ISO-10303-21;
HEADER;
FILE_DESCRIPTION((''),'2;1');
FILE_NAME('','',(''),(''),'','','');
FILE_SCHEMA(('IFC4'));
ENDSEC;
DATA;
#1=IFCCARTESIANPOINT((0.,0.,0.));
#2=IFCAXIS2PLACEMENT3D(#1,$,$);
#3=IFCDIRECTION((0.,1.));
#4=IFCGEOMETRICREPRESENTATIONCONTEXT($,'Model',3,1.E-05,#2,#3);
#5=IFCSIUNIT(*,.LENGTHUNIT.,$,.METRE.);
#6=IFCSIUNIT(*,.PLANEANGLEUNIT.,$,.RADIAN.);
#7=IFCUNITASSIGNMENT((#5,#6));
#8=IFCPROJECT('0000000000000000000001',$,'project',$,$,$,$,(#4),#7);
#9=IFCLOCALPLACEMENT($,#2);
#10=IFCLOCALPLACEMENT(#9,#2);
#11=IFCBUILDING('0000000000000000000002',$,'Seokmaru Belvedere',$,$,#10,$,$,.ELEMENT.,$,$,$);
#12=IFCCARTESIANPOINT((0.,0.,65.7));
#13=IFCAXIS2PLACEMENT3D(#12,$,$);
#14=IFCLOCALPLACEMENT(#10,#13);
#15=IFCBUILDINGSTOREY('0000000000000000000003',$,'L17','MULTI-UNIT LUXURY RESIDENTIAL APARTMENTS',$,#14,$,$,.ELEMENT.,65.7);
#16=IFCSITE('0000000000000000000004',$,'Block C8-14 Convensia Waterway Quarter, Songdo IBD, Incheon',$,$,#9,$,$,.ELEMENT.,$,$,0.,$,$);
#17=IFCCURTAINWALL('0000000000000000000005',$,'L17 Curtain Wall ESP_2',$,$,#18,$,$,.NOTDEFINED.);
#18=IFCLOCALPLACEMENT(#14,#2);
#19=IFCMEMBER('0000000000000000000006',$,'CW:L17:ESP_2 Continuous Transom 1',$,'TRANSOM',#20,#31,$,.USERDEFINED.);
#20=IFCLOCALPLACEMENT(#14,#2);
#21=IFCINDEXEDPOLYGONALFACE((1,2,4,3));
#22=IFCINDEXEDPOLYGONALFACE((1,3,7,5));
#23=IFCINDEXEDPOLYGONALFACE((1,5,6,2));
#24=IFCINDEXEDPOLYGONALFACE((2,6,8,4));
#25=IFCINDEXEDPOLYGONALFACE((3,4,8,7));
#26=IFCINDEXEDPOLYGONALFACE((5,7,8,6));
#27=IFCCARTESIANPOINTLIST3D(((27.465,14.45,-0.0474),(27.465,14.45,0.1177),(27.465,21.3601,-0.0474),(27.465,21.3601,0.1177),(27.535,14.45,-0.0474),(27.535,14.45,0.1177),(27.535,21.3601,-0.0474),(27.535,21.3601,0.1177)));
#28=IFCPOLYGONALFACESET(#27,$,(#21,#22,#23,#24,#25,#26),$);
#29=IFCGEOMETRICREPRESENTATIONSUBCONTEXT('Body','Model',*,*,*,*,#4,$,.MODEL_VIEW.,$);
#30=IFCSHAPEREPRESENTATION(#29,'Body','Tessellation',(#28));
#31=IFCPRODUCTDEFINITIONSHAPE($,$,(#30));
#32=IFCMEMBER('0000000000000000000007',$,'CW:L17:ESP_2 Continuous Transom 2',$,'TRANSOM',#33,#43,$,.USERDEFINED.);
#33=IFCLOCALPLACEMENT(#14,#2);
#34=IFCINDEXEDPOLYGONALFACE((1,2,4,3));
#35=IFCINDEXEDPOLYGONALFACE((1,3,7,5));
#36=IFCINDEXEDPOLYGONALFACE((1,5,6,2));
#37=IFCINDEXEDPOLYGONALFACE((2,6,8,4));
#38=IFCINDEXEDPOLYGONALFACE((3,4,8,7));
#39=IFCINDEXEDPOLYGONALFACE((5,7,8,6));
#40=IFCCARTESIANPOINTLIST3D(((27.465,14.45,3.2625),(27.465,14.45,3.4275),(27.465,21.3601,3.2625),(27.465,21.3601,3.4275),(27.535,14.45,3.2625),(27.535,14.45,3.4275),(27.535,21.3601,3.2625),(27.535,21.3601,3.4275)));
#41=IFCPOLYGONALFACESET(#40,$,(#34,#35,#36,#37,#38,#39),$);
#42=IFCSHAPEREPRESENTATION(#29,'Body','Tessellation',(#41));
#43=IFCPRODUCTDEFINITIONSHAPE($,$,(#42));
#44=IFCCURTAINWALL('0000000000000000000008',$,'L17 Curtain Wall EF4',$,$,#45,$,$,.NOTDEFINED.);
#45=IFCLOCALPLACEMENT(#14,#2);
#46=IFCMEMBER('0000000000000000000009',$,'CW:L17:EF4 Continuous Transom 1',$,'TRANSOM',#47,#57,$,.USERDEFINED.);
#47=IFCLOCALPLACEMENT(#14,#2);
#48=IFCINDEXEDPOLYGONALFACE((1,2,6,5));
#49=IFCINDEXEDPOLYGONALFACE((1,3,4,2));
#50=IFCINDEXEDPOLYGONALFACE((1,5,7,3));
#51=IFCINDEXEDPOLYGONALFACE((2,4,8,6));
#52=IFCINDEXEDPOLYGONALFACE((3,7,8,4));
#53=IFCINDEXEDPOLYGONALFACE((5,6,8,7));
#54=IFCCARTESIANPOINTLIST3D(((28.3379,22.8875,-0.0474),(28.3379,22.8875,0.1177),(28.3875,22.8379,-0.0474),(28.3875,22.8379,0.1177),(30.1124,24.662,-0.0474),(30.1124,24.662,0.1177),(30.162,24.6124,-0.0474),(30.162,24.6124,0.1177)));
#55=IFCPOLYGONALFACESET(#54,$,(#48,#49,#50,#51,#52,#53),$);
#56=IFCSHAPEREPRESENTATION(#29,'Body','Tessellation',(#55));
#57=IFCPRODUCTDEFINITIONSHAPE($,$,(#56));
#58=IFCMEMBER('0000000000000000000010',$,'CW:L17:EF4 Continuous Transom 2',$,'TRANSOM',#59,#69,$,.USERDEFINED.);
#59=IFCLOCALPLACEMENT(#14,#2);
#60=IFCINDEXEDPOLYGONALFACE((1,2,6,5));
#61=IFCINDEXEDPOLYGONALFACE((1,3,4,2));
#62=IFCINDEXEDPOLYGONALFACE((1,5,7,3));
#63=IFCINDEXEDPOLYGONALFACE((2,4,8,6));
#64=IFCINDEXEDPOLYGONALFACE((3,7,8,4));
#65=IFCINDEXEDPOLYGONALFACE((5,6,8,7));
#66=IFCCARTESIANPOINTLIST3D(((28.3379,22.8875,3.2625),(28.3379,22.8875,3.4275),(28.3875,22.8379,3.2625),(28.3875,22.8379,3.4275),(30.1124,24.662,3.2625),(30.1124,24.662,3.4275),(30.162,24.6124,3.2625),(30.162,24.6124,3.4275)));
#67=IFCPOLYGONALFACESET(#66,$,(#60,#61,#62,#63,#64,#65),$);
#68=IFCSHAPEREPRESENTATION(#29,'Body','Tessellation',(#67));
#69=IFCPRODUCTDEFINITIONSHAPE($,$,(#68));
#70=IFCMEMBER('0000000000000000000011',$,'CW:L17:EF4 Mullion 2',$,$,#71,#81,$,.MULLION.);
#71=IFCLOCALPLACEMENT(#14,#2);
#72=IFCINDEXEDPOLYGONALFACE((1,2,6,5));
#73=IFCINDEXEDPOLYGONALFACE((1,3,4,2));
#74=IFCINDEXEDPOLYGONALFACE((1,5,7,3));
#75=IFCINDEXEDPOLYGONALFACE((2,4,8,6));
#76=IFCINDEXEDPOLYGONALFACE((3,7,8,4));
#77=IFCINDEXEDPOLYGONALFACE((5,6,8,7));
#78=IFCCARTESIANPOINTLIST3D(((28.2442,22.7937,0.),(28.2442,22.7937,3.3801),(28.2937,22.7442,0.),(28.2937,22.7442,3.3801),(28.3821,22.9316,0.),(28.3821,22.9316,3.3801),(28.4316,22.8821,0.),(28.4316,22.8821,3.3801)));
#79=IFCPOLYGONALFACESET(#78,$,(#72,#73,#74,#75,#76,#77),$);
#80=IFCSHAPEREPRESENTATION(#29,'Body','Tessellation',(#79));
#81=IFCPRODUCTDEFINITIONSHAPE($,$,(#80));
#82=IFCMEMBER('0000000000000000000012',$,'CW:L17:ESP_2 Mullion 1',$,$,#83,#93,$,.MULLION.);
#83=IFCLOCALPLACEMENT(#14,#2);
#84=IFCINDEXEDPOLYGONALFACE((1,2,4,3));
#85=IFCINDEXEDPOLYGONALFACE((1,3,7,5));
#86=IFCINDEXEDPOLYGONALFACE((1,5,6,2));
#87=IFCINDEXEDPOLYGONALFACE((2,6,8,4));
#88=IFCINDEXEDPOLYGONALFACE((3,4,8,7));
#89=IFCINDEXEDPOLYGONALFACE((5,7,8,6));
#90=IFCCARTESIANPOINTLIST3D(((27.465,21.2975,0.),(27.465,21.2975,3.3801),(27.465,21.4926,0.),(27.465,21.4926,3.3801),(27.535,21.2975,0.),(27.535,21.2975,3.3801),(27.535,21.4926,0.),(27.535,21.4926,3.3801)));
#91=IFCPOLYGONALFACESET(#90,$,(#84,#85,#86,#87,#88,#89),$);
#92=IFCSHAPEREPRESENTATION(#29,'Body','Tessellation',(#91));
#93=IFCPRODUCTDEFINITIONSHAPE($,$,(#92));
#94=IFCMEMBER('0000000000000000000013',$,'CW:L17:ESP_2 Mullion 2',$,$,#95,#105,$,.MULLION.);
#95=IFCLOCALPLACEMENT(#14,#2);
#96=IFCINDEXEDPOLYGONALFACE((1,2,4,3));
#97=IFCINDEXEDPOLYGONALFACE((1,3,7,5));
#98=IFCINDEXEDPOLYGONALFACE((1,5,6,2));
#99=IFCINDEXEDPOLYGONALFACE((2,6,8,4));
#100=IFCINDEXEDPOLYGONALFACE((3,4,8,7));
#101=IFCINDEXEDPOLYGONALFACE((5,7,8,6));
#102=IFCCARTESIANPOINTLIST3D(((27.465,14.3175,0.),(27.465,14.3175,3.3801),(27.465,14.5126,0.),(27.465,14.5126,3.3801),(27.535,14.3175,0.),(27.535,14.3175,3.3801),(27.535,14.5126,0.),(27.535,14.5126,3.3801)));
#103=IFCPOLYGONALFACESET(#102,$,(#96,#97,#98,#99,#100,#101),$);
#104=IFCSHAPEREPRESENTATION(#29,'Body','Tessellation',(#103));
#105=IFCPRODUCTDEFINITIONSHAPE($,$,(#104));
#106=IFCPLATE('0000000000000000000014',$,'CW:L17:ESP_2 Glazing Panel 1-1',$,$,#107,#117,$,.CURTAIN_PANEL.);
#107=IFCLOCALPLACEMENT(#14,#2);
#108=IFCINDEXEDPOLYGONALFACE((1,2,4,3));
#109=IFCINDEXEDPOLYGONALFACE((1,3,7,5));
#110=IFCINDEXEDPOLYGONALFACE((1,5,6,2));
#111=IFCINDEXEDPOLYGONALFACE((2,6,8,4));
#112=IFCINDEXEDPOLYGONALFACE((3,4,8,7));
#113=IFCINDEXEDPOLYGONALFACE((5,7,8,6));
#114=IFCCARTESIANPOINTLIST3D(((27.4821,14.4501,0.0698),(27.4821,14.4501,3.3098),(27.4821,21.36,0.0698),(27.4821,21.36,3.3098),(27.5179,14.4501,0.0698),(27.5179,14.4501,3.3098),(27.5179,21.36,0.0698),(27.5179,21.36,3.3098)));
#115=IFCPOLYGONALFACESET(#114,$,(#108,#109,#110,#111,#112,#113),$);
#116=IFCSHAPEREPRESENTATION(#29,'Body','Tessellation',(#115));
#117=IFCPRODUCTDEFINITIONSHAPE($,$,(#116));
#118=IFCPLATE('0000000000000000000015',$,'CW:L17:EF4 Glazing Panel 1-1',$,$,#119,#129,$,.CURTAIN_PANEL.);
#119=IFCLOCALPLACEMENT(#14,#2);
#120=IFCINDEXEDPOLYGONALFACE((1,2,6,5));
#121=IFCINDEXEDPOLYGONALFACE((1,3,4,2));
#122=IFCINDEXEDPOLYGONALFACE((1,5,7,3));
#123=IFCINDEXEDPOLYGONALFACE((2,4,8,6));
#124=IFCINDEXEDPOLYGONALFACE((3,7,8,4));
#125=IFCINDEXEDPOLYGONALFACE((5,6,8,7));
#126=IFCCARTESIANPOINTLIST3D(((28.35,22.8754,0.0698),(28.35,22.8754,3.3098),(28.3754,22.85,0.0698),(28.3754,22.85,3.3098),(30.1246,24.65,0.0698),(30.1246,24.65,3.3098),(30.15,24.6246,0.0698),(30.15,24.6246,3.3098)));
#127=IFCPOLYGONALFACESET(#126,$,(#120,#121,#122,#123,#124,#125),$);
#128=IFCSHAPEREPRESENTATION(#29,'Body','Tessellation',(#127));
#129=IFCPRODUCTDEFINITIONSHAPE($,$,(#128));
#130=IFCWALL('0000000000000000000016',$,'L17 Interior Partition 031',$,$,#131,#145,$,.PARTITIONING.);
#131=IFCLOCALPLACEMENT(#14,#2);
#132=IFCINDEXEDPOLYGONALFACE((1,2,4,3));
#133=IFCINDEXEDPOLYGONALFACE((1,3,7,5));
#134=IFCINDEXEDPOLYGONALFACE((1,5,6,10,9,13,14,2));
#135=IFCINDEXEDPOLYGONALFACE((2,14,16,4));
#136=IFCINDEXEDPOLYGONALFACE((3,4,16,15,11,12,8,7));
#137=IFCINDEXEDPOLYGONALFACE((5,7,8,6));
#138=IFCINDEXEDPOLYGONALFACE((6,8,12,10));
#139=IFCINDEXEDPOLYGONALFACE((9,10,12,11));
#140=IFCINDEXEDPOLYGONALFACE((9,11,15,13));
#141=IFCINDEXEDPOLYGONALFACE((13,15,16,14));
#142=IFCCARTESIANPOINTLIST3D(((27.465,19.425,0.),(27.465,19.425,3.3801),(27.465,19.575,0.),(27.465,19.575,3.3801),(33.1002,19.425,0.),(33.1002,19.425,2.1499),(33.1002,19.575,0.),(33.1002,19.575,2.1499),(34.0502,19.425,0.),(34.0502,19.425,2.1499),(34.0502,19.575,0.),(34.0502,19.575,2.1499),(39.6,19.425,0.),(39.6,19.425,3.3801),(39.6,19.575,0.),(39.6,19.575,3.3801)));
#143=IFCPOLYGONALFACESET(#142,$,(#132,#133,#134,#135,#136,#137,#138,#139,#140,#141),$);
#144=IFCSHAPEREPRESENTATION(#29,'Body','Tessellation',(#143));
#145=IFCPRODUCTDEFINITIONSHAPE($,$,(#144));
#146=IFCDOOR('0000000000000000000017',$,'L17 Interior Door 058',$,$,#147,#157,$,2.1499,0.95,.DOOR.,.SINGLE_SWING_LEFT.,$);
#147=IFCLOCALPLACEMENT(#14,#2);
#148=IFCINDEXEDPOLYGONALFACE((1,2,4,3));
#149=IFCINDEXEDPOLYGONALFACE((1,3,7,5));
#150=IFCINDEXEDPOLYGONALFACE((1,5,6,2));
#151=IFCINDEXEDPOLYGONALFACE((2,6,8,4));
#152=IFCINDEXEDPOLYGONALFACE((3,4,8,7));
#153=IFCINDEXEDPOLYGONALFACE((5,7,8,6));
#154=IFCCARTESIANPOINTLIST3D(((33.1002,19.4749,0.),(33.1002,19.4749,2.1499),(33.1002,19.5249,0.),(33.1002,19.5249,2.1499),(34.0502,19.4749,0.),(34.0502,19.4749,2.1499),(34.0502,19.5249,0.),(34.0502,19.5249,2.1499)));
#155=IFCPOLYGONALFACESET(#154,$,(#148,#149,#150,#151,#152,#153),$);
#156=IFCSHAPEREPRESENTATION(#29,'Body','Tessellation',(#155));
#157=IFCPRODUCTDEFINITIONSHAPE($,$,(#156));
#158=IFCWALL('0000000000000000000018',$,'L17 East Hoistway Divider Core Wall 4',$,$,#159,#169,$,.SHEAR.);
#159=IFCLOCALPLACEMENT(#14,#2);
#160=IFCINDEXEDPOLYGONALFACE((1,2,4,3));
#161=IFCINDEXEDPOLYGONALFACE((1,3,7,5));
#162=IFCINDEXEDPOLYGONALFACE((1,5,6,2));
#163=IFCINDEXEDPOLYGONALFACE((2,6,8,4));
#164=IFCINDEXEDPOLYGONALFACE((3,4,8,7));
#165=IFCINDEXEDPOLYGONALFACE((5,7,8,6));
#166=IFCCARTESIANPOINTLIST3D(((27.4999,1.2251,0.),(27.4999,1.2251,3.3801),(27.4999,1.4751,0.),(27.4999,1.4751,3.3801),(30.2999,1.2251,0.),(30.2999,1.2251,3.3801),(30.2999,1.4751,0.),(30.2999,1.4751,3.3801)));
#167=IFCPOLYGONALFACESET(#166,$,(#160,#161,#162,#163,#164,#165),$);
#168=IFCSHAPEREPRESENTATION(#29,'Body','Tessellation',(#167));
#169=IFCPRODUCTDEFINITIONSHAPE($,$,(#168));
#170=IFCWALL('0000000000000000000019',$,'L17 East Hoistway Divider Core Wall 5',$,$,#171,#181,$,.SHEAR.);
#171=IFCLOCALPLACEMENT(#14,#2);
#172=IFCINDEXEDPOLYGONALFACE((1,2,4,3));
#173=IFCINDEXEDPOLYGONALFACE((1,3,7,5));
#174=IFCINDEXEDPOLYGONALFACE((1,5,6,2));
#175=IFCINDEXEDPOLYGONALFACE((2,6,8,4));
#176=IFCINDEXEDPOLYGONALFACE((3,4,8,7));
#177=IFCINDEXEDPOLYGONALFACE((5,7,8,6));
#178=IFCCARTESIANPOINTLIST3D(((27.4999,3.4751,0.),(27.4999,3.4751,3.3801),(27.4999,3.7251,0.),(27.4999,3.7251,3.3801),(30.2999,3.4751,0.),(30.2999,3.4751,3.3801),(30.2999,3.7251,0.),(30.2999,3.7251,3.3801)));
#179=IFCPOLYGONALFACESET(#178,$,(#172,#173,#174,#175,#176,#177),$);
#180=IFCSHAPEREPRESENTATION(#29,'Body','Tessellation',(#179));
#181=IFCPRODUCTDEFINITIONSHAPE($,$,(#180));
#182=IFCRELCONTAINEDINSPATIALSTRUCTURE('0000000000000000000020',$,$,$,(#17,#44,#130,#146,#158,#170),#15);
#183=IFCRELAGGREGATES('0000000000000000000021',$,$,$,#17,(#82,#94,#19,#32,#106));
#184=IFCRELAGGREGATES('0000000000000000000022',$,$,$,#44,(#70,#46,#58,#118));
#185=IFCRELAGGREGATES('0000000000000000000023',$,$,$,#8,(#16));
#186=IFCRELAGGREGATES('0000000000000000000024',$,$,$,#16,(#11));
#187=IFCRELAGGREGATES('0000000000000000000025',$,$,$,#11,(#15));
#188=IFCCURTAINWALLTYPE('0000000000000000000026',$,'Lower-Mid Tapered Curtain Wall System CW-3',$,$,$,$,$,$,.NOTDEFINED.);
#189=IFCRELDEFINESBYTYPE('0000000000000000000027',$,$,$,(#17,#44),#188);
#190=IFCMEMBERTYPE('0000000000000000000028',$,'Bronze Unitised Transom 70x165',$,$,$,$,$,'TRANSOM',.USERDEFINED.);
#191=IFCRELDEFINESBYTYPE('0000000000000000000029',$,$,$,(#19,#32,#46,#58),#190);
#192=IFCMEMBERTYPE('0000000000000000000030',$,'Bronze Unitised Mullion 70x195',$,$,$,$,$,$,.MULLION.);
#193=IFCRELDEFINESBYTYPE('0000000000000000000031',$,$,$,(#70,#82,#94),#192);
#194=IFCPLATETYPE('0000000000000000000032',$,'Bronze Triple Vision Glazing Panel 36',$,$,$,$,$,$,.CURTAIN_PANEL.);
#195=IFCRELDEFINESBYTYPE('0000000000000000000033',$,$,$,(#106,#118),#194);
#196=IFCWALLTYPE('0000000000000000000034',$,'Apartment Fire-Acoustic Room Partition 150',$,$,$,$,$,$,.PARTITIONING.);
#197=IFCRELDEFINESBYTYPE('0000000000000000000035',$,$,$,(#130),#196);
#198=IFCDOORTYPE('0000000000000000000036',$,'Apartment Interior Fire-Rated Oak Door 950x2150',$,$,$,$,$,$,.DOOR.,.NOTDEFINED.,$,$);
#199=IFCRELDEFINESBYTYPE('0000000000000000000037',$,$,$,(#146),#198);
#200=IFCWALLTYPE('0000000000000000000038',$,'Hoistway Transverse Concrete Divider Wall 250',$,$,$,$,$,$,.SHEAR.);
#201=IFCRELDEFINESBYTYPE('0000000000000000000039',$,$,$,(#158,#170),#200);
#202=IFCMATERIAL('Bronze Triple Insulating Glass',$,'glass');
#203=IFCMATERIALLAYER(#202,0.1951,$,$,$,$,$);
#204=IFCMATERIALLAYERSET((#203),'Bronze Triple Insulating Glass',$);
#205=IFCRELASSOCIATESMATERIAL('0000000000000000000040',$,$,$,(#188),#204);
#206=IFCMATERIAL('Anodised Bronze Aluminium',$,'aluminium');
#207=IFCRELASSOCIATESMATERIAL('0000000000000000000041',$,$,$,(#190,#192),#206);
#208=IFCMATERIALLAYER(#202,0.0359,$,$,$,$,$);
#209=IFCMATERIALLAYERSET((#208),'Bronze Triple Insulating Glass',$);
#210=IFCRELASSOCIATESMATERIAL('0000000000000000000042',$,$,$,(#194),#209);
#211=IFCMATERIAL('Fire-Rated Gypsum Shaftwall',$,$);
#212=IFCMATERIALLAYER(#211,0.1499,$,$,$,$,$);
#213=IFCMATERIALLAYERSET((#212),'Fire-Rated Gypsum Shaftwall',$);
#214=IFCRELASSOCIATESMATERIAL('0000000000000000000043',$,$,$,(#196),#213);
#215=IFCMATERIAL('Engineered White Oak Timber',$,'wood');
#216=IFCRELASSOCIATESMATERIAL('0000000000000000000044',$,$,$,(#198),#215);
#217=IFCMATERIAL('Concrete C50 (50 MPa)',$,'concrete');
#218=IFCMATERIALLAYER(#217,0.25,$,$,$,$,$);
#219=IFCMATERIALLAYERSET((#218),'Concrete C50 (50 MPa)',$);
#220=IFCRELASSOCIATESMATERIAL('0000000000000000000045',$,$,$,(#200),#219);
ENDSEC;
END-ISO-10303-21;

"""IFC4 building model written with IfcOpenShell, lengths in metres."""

from ifc_helpers import new_model, si_unit, direction, frame, frame_2d, origin, origin_2d, place, context, subcontext, project, spatial, rectangle, extrude, source, transform, mapped, material, layer, layer_set, material_profile, profile_set, type_object, type_shapes, element, fill, aggregate, save


model = new_model("IFC4")

# Units and contexts
model_context = context("Model", 3, precision=1e-05, world=origin(), true_north=direction((0.0, 1.0)))
body_context = subcontext(model_context, "Body", "Model", "MODEL_VIEW")
ifc_project = project(units=[si_unit("LENGTHUNIT", "METRE"), si_unit("PLANEANGLEUNIT", "RADIAN")], contexts=[model_context])

# Site, building, storey
site_placement = place(None, origin())
site = spatial("IfcSite", under=ifc_project, at=site_placement, Name="Block C8-14 Convensia Waterway Quarter, Songdo IBD, Incheon", CompositionType="ELEMENT", RefElevation=0.0)
building_placement = place(site_placement, origin())
building = spatial("IfcBuilding", under=site, at=building_placement, Name="Seokmaru Belvedere", CompositionType="ELEMENT")
storey_placement = place(building_placement, frame((0.0, 0.0, 65.7)))
storey = spatial("IfcBuildingStorey", under=building, at=storey_placement, Name="L17", Description="MULTI-UNIT LUXURY RESIDENTIAL APARTMENTS", CompositionType="ELEMENT", Elevation=65.7)

# Curtain walls, members
ifc_material_1 = material(Name="Bronze Triple Insulating Glass", Category="glass")
ifc_layer_1 = layer(ifc_material_1, 0.1951)
ifc_layer_set_1 = layer_set([ifc_layer_1], Name="Bronze Triple Insulating Glass")
curtain_wall_type = type_object("IfcCurtainWallType", Name="Lower-Mid Tapered Curtain Wall System CW-3", PredefinedType="NOTDEFINED", material=ifc_layer_set_1)
curtain_wall_1_placement = place(storey_placement, origin())
curtain_wall_1 = element("IfcCurtainWall", 1, at=curtain_wall_1_placement, inside=storey, type_object=curtain_wall_type, Name="L17 Curtain Wall ESP_2", PredefinedType="NOTDEFINED")
ifc_material_2 = material(Name="Anodised Bronze Aluminium", Category="aluminium")
ifc_material_profile_1 = material_profile(ifc_material_2, rectangle(XDim=0.0701, YDim=0.165, at=origin_2d()), Name="CW-T-70x165")
ifc_profile_set_1 = profile_set([ifc_material_profile_1], Name="Anodised Bronze Aluminium")
member_type_1 = type_object("IfcMemberType", Name="Bronze Unitised Transom 70x165", ElementType="TRANSOM", PredefinedType="USERDEFINED", material=ifc_profile_set_1)
shared_shape_1 = source(origin(), body_context, "Body", "SweptSolid", [
    extrude(rectangle(XDim=0.0701, YDim=0.165, at=origin_2d()), origin(), (0.0, 0.0, 1.0), 6.9102),
])
member_1_placement = place(storey_placement, frame((27.5, 21.3601, 0.0352), z_axis=(0.0, -1.0, 0.0), x_axis=(1.0, 0.0, 0.0)))
member_1 = element("IfcMember", 2, at=member_1_placement, type_object=member_type_1, Name="CW:L17:ESP_2 Continuous Transom 1", ObjectType="TRANSOM", PredefinedType="USERDEFINED", context=body_context, shape_type="MappedRepresentation", body=[
    mapped(shared_shape_1, transform((0.0, 0.0, 0.0), scale=1.0)),
])
member_2_placement = place(storey_placement, frame((27.5, 21.3601, 3.345), z_axis=(0.0, -1.0, 0.0), x_axis=(1.0, 0.0, 0.0)))
member_2 = element("IfcMember", 3, at=member_2_placement, type_object=member_type_1, Name="CW:L17:ESP_2 Continuous Transom 2", ObjectType="TRANSOM", PredefinedType="USERDEFINED", context=body_context, shape_type="MappedRepresentation", body=[
    mapped(shared_shape_1, transform((0.0, 0.0, 0.0), scale=1.0)),
])
curtain_wall_2_placement = place(storey_placement, origin())
curtain_wall_2 = element("IfcCurtainWall", 4, at=curtain_wall_2_placement, inside=storey, type_object=curtain_wall_type, Name="L17 Curtain Wall EF4", PredefinedType="NOTDEFINED")
shared_shape_2 = source(origin(), body_context, "Body", "SweptSolid", [
    extrude(rectangle(XDim=0.0701, YDim=0.165, at=origin_2d()), origin(), (0.0, 0.0, 1.0), 2.5095),
])
type_shapes(member_type_1, [shared_shape_1, shared_shape_2])
member_3_placement = place(storey_placement, frame((30.1372, 24.6372, 0.0352), z_axis=(-0.707107, -0.707107, 0.0), x_axis=(0.707107, -0.707107, 0.0)))
member_3 = element("IfcMember", 5, at=member_3_placement, type_object=member_type_1, Name="CW:L17:EF4 Continuous Transom 1", ObjectType="TRANSOM", PredefinedType="USERDEFINED", context=body_context, shape_type="MappedRepresentation", body=[
    mapped(shared_shape_2, transform((0.0, 0.0, 0.0), scale=1.0)),
])
member_4_placement = place(storey_placement, frame((30.1372, 24.6372, 3.345), z_axis=(-0.707107, -0.707107, 0.0), x_axis=(0.707107, -0.707107, 0.0)))
member_4 = element("IfcMember", 6, at=member_4_placement, type_object=member_type_1, Name="CW:L17:EF4 Continuous Transom 2", ObjectType="TRANSOM", PredefinedType="USERDEFINED", context=body_context, shape_type="MappedRepresentation", body=[
    mapped(shared_shape_2, transform((0.0, 0.0, 0.0), scale=1.0)),
])
ifc_material_profile_2 = material_profile(ifc_material_2, rectangle(XDim=0.0701, YDim=0.1951, at=origin_2d()), Name="CW-M-70x195")
ifc_profile_set_2 = profile_set([ifc_material_profile_2], Name="Anodised Bronze Aluminium")
member_type_2 = type_object("IfcMemberType", Name="Bronze Unitised Mullion 70x195", PredefinedType="MULLION", material=ifc_profile_set_2)
shared_shape_3 = source(origin(), body_context, "Body", "SweptSolid", [
    extrude(rectangle(XDim=0.0701, YDim=0.1951, at=origin_2d()), origin(), (0.0, 0.0, 1.0), 3.3801),
])
type_shapes(member_type_2, [shared_shape_3])
member_5_placement = place(storey_placement, frame((28.3379, 22.8379, 0.0), z_axis=(0.0, 0.0, 1.0), x_axis=(0.707107, -0.707107, 0.0)))
member_5 = element("IfcMember", 7, at=member_5_placement, type_object=member_type_2, Name="CW:L17:EF4 Mullion 2", PredefinedType="MULLION", context=body_context, shape_type="MappedRepresentation", body=[
    mapped(shared_shape_3, transform((0.0, 0.0, 0.0), scale=1.0)),
])

# Members
member_6_placement = place(storey_placement, frame((27.5, 21.395, 0.0), z_axis=(0.0, 0.0, 1.0), x_axis=(1.0, 0.0, 0.0)))
member_6 = element("IfcMember", 8, at=member_6_placement, type_object=member_type_2, Name="CW:L17:ESP_2 Mullion 1", PredefinedType="MULLION", context=body_context, shape_type="MappedRepresentation", body=[
    mapped(shared_shape_3, transform((0.0, 0.0, 0.0), scale=1.0)),
])
member_7_placement = place(storey_placement, frame((27.5, 14.415, 0.0), z_axis=(0.0, 0.0, 1.0), x_axis=(1.0, 0.0, 0.0)))
member_7 = element("IfcMember", 9, at=member_7_placement, type_object=member_type_2, Name="CW:L17:ESP_2 Mullion 2", PredefinedType="MULLION", context=body_context, shape_type="MappedRepresentation", body=[
    mapped(shared_shape_3, transform((0.0, 0.0, 0.0), scale=1.0)),
])

# Plates
ifc_layer_2 = layer(ifc_material_1, 0.0359)
ifc_layer_set_2 = layer_set([ifc_layer_2], Name="Bronze Triple Insulating Glass")
plate_type = type_object("IfcPlateType", Name="Bronze Triple Vision Glazing Panel 36", PredefinedType="CURTAIN_PANEL", material=ifc_layer_set_2)
shared_shape_4 = source(origin(), body_context, "Body", "SweptSolid", [
    extrude(rectangle(XDim=6.9099, YDim=0.0359, at=origin_2d()), origin(), (0.0, 0.0, 1.0), 3.24),
])
plate_1_placement = place(storey_placement, frame((27.5, 17.905, 0.0698), z_axis=(0.0, 0.0, 1.0), x_axis=(0.0, -1.0, 0.0)))
plate_1 = element("IfcPlate", 10, at=plate_1_placement, type_object=plate_type, Name="CW:L17:ESP_2 Glazing Panel 1-1", PredefinedType="CURTAIN_PANEL", context=body_context, shape_type="MappedRepresentation", body=[
    mapped(shared_shape_4, transform((0.0, 0.0, 0.0), scale=1.0)),
])
aggregate(curtain_wall_1, [member_6, member_7, member_1, member_2, plate_1])
shared_shape_5 = source(origin(), body_context, "Body", "SweptSolid", [
    extrude(rectangle(XDim=2.5098, YDim=0.0359, at=origin_2d()), origin(), (0.0, 0.0, 1.0), 3.24),
])
type_shapes(plate_type, [shared_shape_4, shared_shape_5])
plate_2_placement = place(storey_placement, frame((29.25, 23.75, 0.0698), z_axis=(0.0, 0.0, 1.0), x_axis=(-0.707107, -0.707107, 0.0)))
plate_2 = element("IfcPlate", 11, at=plate_2_placement, type_object=plate_type, Name="CW:L17:EF4 Glazing Panel 1-1", PredefinedType="CURTAIN_PANEL", context=body_context, shape_type="MappedRepresentation", body=[
    mapped(shared_shape_5, transform((0.0, 0.0, 0.0), scale=1.0)),
])
aggregate(curtain_wall_2, [member_5, member_3, member_4, plate_2])

# Wall, opening, door
ifc_material_3 = material(Name="Fire-Rated Gypsum Shaftwall")
ifc_layer_3 = layer(ifc_material_3, 0.1499)
ifc_layer_set_3 = layer_set([ifc_layer_3], Name="Fire-Rated Gypsum Shaftwall")
wall_type_1 = type_object("IfcWallType", Name="Apartment Fire-Acoustic Room Partition 150", PredefinedType="PARTITIONING", material=ifc_layer_set_3)
wall_1_placement = place(storey_placement, frame((27.4651, 19.5, 0.0), z_axis=(0.0, 0.0, 1.0), x_axis=(1.0, 0.0, 0.0)))
wall_1 = element("IfcWall", 12, at=wall_1_placement, inside=storey, type_object=wall_type_1, Name="L17 Interior Partition 031", PredefinedType="PARTITIONING", context=body_context, shape_type="SweptSolid", body=[
    extrude(rectangle(XDim=12.135, YDim=0.1499, at=frame_2d((6.0674, 0.0))), origin(), (0.0, 0.0, 1.0), 3.3801),
])
opening_1_placement = place(wall_1_placement, frame((5.635, 0.0, 0.0)))
opening_1 = element("IfcOpeningElement", 13, at=opening_1_placement, cuts=wall_1, PredefinedType="OPENING", context=body_context, shape_type="SweptSolid", body=[
    extrude(rectangle(XDim=0.95, YDim=2.1499, at=frame_2d((0.4751, 1.075))), frame((0.0, 0.085, 0.0), z_axis=(0.0, -1.0, 0.0), x_axis=(1.0, 0.0, 0.0)), (0.0, 0.0, 1.0), 0.1699),
])
ifc_material_4 = material(Name="Engineered White Oak Timber", Category="wood")
door_type_1 = type_object("IfcDoorType", Name="Apartment Interior Fire-Rated Oak Door 950x2150", OperationType="NOTDEFINED", PredefinedType="DOOR", material=ifc_material_4)
shared_shape_6 = source(origin(), body_context, "Body", "SweptSolid", [
    extrude(rectangle(XDim=0.95, YDim=2.1499, at=frame_2d((0.4751, 1.075))), frame((0.0, 0.0249, 0.0), z_axis=(0.0, -1.0, 0.0), x_axis=(1.0, 0.0, 0.0)), (0.0, 0.0, 1.0), 0.05),
])
type_shapes(door_type_1, [shared_shape_6])
door_1_placement = place(opening_1_placement, origin())
door_1 = element("IfcDoor", 14, at=door_1_placement, inside=storey, type_object=door_type_1, Name="L17 Interior Door 058", OperationType="SINGLE_SWING_LEFT", OverallHeight=2.1499, OverallWidth=0.95, PredefinedType="DOOR", context=body_context, shape_type="MappedRepresentation", body=[
    mapped(shared_shape_6, transform((0.0, 0.0, 0.0), scale=1.0)),
])
fill(opening_1, door_1)

# Walls
ifc_material_5 = material(Name="Concrete C50 (50 MPa)", Category="concrete")
ifc_layer_4 = layer(ifc_material_5, 0.25)
ifc_layer_set_4 = layer_set([ifc_layer_4], Name="Concrete C50 (50 MPa)")
wall_type_2 = type_object("IfcWallType", Name="Hoistway Transverse Concrete Divider Wall 250", PredefinedType="SHEAR", material=ifc_layer_set_4)
for number, where, z_axis, x_axis, name in (
    (15, (27.5, 1.3501, 0.0), (0.0, 0.0, 1.0), (1.0, 0.0, 0.0), "L17 East Hoistway Divider Core Wall 4"),
    (16, (27.5, 3.6001, 0.0), (0.0, 0.0, 1.0), (1.0, 0.0, 0.0), "L17 East Hoistway Divider Core Wall 5"),
):
    element("IfcWall", number, at=place(storey_placement, frame(where, z_axis=z_axis, x_axis=x_axis)), inside=storey, type_object=wall_type_2, Name=name, PredefinedType="SHEAR", context=body_context, shape_type="SweptSolid", body=[
        extrude(rectangle(XDim=2.8, YDim=0.25, at=frame_2d((1.3999, 0.0))), origin(), (0.0, 0.0, 1.0), 3.3801),
    ])

save(model, "model.ifc")
